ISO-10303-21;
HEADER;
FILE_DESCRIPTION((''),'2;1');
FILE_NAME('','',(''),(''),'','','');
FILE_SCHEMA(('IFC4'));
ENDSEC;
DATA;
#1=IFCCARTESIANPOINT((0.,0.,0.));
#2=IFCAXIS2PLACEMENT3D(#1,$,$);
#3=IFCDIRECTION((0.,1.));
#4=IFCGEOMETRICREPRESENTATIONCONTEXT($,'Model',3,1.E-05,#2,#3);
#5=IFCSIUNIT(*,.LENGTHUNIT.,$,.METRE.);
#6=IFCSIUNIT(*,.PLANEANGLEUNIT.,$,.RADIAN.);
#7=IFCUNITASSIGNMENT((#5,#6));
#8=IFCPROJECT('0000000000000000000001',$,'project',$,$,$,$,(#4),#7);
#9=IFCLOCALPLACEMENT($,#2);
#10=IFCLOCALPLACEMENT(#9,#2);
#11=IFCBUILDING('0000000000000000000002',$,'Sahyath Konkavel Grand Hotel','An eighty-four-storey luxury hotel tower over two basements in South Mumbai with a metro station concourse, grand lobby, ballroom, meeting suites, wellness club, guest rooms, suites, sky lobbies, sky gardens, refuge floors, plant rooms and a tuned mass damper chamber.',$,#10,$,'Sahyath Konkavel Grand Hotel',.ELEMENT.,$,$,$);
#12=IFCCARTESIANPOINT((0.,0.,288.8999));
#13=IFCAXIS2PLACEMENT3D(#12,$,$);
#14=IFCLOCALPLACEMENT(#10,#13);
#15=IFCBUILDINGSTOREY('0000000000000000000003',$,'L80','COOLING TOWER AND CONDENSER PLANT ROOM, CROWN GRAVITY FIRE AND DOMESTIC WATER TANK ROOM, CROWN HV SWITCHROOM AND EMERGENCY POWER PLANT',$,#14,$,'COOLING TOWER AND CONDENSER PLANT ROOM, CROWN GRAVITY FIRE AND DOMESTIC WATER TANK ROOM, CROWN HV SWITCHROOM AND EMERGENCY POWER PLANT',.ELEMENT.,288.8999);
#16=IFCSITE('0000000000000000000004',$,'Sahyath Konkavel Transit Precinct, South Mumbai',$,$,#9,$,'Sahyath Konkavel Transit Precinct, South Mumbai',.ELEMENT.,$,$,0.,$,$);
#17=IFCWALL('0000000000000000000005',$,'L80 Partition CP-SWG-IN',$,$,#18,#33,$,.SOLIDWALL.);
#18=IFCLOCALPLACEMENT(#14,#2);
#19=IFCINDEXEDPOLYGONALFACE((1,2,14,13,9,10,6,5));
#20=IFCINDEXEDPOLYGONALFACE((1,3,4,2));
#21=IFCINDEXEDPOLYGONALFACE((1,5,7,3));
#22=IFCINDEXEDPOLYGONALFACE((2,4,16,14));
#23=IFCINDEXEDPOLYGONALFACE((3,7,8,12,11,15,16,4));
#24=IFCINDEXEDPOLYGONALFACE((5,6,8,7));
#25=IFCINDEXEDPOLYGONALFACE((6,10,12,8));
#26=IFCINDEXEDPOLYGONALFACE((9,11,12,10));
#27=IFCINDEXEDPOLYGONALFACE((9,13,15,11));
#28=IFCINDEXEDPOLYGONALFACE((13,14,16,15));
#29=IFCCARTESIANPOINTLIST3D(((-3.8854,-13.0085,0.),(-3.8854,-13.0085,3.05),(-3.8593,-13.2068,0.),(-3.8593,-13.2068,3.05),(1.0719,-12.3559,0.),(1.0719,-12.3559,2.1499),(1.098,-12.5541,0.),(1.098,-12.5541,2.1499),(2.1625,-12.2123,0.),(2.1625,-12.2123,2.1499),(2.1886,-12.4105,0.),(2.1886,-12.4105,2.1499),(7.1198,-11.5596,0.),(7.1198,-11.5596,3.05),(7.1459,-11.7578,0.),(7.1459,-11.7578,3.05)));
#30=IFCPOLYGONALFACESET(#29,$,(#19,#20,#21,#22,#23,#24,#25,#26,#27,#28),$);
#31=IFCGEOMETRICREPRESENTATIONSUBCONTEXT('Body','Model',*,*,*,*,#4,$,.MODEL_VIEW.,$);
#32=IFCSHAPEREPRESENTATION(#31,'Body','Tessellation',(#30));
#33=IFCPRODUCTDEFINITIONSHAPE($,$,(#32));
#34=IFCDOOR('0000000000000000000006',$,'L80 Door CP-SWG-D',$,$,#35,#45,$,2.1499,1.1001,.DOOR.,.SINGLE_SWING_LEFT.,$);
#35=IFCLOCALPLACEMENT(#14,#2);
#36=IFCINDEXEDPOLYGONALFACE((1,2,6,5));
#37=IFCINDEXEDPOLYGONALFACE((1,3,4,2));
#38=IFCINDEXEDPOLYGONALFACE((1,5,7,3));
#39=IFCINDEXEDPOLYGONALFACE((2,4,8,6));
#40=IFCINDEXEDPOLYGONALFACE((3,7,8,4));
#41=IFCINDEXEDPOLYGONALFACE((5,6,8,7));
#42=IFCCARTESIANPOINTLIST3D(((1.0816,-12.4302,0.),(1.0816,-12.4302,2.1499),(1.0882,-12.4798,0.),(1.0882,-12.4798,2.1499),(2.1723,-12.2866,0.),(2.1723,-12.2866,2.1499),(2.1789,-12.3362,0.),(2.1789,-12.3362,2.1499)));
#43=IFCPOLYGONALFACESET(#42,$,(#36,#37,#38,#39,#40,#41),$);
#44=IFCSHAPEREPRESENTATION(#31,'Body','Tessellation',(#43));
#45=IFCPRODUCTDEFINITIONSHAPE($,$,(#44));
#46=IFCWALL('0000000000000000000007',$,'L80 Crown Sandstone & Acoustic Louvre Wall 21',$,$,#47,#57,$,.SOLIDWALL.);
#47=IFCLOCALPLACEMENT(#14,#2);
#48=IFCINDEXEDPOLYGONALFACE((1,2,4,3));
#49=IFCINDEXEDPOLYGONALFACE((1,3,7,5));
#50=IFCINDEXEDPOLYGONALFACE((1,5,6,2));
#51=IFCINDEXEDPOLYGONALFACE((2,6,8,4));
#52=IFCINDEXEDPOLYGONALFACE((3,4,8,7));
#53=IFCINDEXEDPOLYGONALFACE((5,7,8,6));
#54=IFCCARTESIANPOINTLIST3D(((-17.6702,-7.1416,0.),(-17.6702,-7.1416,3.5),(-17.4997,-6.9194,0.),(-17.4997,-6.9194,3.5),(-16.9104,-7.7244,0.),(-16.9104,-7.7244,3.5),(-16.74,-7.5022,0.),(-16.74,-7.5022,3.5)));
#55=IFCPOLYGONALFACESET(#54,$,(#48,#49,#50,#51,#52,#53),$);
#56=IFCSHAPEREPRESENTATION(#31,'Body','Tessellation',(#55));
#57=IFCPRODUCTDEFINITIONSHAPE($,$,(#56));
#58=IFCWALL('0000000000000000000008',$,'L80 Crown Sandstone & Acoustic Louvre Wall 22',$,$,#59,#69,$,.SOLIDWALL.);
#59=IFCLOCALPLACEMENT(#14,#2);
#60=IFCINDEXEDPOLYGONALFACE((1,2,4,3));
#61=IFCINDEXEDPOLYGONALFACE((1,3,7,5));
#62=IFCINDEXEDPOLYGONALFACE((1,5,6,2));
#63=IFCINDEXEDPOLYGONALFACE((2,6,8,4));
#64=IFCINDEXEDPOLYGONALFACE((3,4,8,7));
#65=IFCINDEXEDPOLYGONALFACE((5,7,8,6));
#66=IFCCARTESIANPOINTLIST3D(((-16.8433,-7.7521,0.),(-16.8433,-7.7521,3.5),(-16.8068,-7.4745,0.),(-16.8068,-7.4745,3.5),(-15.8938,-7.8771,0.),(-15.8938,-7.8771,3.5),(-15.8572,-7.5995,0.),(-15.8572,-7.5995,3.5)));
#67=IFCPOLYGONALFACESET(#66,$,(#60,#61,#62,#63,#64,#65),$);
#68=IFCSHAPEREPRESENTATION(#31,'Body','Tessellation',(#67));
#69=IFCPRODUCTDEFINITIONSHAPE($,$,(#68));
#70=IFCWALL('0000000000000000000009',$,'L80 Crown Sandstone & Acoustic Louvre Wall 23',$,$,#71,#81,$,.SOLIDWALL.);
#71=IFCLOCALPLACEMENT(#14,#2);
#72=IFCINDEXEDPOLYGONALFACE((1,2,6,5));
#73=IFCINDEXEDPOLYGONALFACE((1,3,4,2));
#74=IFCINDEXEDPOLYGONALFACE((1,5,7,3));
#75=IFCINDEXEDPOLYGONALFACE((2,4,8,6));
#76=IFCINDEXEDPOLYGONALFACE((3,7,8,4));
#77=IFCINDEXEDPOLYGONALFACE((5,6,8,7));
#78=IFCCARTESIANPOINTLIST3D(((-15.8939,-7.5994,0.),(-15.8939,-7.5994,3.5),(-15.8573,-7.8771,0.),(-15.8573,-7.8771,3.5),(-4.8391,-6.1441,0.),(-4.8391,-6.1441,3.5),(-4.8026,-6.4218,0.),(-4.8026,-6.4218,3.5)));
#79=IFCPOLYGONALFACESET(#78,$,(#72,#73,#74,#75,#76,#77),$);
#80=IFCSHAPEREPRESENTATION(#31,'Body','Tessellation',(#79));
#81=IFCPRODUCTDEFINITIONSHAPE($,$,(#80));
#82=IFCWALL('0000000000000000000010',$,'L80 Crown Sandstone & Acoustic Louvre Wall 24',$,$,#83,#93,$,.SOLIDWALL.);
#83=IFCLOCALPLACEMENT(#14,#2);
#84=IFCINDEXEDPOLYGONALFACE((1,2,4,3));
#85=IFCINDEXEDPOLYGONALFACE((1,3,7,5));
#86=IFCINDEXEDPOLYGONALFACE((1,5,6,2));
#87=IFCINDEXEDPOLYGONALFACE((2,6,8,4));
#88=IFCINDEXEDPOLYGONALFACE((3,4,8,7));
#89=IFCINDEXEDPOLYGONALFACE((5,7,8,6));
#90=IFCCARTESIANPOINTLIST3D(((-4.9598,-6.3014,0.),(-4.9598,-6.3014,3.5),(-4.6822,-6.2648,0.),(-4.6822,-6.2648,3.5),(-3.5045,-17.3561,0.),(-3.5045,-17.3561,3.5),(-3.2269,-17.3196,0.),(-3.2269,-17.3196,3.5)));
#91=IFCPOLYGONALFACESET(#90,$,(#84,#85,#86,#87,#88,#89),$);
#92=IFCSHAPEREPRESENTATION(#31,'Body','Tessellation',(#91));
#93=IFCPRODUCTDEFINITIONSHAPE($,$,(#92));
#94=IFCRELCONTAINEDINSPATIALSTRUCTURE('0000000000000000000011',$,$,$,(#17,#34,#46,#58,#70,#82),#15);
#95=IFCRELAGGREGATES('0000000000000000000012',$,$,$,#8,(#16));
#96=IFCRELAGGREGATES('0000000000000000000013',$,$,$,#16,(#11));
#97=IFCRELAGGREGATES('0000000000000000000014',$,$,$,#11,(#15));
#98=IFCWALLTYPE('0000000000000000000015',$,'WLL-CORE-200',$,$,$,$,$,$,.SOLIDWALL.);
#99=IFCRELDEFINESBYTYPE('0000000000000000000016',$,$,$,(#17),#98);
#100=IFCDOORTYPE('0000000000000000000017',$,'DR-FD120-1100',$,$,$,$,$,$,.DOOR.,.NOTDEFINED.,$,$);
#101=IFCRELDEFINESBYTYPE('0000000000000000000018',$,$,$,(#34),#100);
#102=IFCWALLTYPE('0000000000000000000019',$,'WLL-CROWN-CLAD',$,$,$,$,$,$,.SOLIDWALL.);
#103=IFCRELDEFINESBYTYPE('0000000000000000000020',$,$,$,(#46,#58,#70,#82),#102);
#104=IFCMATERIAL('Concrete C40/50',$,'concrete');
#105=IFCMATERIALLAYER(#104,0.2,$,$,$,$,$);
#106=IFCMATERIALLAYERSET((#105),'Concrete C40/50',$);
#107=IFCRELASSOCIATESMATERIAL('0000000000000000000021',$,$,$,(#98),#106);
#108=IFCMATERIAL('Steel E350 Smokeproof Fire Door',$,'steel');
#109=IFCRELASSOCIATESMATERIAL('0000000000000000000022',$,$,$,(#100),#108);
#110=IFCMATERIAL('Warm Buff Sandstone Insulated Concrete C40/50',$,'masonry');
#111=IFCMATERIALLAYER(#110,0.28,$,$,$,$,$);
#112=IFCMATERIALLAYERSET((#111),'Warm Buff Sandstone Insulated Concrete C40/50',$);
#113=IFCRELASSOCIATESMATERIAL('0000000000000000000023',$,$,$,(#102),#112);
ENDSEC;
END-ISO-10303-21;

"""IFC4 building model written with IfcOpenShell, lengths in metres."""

from ifc_helpers import new_model, si_unit, direction, frame, frame_2d, origin, origin_2d, place, context, subcontext, project, spatial, rectangle, extrude, source, transform, mapped, material, layer, layer_set, type_object, element, fill, save


model = new_model("IFC4")

# Units and contexts
model_context = context("Model", 3, precision=1e-05, world=origin(), true_north=direction((0.0, 1.0)))
body_context = subcontext(model_context, "Body", "Model", "MODEL_VIEW")
ifc_project = project(units=[si_unit("LENGTHUNIT", "METRE"), si_unit("PLANEANGLEUNIT", "RADIAN")], contexts=[model_context])

# Site, building, storey
site_placement = place(None, origin())
site = spatial("IfcSite", under=ifc_project, at=site_placement, Name="Sahyath Konkavel Transit Precinct, South Mumbai", LongName="Sahyath Konkavel Transit Precinct, South Mumbai", CompositionType="ELEMENT", RefElevation=0.0)
building_placement = place(site_placement, origin())
building = spatial("IfcBuilding", under=site, at=building_placement, Name="Sahyath Konkavel Grand Hotel", Description="An eighty-four-storey luxury hotel tower over two basements in South Mumbai with a metro station concourse, grand lobby, ballroom, meeting suites, wellness club, guest rooms, suites, sky lobbies, sky gardens, refuge floors, plant rooms and a tuned mass damper chamber.", LongName="Sahyath Konkavel Grand Hotel", CompositionType="ELEMENT")
storey_placement = place(building_placement, frame((0.0, 0.0, 288.8999)))
storey = spatial("IfcBuildingStorey", under=building, at=storey_placement, Name="L80", Description="COOLING TOWER AND CONDENSER PLANT ROOM, CROWN GRAVITY FIRE AND DOMESTIC WATER TANK ROOM, CROWN HV SWITCHROOM AND EMERGENCY POWER PLANT", LongName="COOLING TOWER AND CONDENSER PLANT ROOM, CROWN GRAVITY FIRE AND DOMESTIC WATER TANK ROOM, CROWN HV SWITCHROOM AND EMERGENCY POWER PLANT", CompositionType="ELEMENT", Elevation=288.8999)

# Shared definitions
ifc_material_1 = material(Name="Concrete C40/50", Category="concrete")

# Shared definitions
ifc_layer_1 = layer(ifc_material_1, 0.2)
ifc_layer_set_1 = layer_set([ifc_layer_1], Name="Concrete C40/50")
wall_type_1 = type_object("IfcWallType", Name="WLL-CORE-200", PredefinedType="SOLIDWALL", material=ifc_layer_set_1)

# Wall, opening, door
wall_1_placement = place(storey_placement, frame((-3.8723, -13.1077, 0.0), z_axis=(0.0, 0.0, 1.0), x_axis=(0.991443, 0.130537, 0.0)))
wall_1 = element("IfcWall", 1, at=wall_1_placement, inside=storey, type_object=wall_type_1, Name="L80 Partition CP-SWG-IN", PredefinedType="SOLIDWALL", context=body_context, shape_type="SweptSolid", body=[
    extrude(rectangle(XDim=11.1001, YDim=0.2, at=frame_2d((5.55, 0.0))), origin(), (0.0, 0.0, 1.0), 3.05),
])
opening_1_placement = place(wall_1_placement, frame((5.0, 0.0, 0.0)))
opening_1 = element("IfcOpeningElement", 2, at=opening_1_placement, cuts=wall_1, PredefinedType="OPENING", context=body_context, shape_type="SweptSolid", body=[
    extrude(rectangle(XDim=1.1001, YDim=2.1499, at=frame_2d((0.55, 1.075))), frame((0.0, 0.1099, 0.0), z_axis=(0.0, -1.0, 0.0), x_axis=(1.0, 0.0, 0.0)), (0.0, 0.0, 1.0), 0.22),
])
ifc_material_2 = material(Name="Steel E350 Smokeproof Fire Door", Category="steel")
door_type_1 = type_object("IfcDoorType", Name="DR-FD120-1100", OperationType="NOTDEFINED", PredefinedType="DOOR", material=ifc_material_2)
shared_shape_1 = source(origin(), body_context, "Body", "SweptSolid", [
    extrude(rectangle(XDim=1.1001, YDim=0.05, at=origin_2d()), origin(), (0.0, 0.0, 1.0), 2.1499),
])
door_1_placement = place(opening_1_placement, frame((0.55, 0.0, 0.0)))
door_1 = element("IfcDoor", 3, at=door_1_placement, inside=storey, type_object=door_type_1, Name="L80 Door CP-SWG-D", OperationType="SINGLE_SWING_LEFT", OverallHeight=2.1499, OverallWidth=1.1001, PredefinedType="DOOR", context=body_context, shape_type="MappedRepresentation", body=[
    mapped(shared_shape_1, transform((0.0, 0.0, 0.0), scale=1.0)),
])
fill(opening_1, door_1)

# Walls
ifc_material_3 = material(Name="Warm Buff Sandstone Insulated Concrete C40/50", Category="masonry")
ifc_layer_2 = layer(ifc_material_3, 0.28)
ifc_layer_set_2 = layer_set([ifc_layer_2], Name="Warm Buff Sandstone Insulated Concrete C40/50")
wall_type_2 = type_object("IfcWallType", Name="WLL-CROWN-CLAD", PredefinedType="SOLIDWALL", material=ifc_layer_set_2)
wall_2_placement = place(storey_placement, frame((-17.585, -7.0305, 0.0), z_axis=(0.0, 0.0, 1.0), x_axis=(0.793467, -0.608614, 0.0)))
element("IfcWall", 4, at=wall_2_placement, inside=storey, type_object=wall_type_2, Name="L80 Crown Sandstone & Acoustic Louvre Wall 21", PredefinedType="SOLIDWALL", context=body_context, shape_type="SweptSolid", body=[
    extrude(rectangle(XDim=0.9575, YDim=0.28, at=frame_2d((0.4788, 0.0))), origin(), (0.0, 0.0, 1.0), 3.5),
])
wall_3_placement = place(storey_placement, frame((-16.8252, -7.6133, 0.0), z_axis=(0.0, 0.0, 1.0), x_axis=(0.991445, -0.130527, 0.0)))
element("IfcWall", 5, at=wall_3_placement, inside=storey, type_object=wall_type_2, Name="L80 Crown Sandstone & Acoustic Louvre Wall 22", PredefinedType="SOLIDWALL", context=body_context, shape_type="SweptSolid", body=[
    extrude(rectangle(XDim=0.9578, YDim=0.28, at=frame_2d((0.479, 0.0))), origin(), (0.0, 0.0, 1.0), 3.5),
])
for number, where, z_axis, x_axis, name in (
    (6, (-15.8757, -7.7383, 0.0), (0.0, 0.0, 1.0), (0.991445, 0.130521, 0.0), "L80 Crown Sandstone & Acoustic Louvre Wall 23"),
    (7, (-4.821, -6.283, 0.0), (0.0, 0.0, 1.0), (0.130521, -0.991445, 0.0), "L80 Crown Sandstone & Acoustic Louvre Wall 24"),
):
    element("IfcWall", number, at=place(storey_placement, frame(where, z_axis=z_axis, x_axis=x_axis)), inside=storey, type_object=wall_type_2, Name=name, PredefinedType="SOLIDWALL", context=body_context, shape_type="SweptSolid", body=[
        extrude(rectangle(XDim=11.1501, YDim=0.28, at=frame_2d((5.5752, 0.0))), origin(), (0.0, 0.0, 1.0), 3.5),
    ])

save(model, "model.ifc")
